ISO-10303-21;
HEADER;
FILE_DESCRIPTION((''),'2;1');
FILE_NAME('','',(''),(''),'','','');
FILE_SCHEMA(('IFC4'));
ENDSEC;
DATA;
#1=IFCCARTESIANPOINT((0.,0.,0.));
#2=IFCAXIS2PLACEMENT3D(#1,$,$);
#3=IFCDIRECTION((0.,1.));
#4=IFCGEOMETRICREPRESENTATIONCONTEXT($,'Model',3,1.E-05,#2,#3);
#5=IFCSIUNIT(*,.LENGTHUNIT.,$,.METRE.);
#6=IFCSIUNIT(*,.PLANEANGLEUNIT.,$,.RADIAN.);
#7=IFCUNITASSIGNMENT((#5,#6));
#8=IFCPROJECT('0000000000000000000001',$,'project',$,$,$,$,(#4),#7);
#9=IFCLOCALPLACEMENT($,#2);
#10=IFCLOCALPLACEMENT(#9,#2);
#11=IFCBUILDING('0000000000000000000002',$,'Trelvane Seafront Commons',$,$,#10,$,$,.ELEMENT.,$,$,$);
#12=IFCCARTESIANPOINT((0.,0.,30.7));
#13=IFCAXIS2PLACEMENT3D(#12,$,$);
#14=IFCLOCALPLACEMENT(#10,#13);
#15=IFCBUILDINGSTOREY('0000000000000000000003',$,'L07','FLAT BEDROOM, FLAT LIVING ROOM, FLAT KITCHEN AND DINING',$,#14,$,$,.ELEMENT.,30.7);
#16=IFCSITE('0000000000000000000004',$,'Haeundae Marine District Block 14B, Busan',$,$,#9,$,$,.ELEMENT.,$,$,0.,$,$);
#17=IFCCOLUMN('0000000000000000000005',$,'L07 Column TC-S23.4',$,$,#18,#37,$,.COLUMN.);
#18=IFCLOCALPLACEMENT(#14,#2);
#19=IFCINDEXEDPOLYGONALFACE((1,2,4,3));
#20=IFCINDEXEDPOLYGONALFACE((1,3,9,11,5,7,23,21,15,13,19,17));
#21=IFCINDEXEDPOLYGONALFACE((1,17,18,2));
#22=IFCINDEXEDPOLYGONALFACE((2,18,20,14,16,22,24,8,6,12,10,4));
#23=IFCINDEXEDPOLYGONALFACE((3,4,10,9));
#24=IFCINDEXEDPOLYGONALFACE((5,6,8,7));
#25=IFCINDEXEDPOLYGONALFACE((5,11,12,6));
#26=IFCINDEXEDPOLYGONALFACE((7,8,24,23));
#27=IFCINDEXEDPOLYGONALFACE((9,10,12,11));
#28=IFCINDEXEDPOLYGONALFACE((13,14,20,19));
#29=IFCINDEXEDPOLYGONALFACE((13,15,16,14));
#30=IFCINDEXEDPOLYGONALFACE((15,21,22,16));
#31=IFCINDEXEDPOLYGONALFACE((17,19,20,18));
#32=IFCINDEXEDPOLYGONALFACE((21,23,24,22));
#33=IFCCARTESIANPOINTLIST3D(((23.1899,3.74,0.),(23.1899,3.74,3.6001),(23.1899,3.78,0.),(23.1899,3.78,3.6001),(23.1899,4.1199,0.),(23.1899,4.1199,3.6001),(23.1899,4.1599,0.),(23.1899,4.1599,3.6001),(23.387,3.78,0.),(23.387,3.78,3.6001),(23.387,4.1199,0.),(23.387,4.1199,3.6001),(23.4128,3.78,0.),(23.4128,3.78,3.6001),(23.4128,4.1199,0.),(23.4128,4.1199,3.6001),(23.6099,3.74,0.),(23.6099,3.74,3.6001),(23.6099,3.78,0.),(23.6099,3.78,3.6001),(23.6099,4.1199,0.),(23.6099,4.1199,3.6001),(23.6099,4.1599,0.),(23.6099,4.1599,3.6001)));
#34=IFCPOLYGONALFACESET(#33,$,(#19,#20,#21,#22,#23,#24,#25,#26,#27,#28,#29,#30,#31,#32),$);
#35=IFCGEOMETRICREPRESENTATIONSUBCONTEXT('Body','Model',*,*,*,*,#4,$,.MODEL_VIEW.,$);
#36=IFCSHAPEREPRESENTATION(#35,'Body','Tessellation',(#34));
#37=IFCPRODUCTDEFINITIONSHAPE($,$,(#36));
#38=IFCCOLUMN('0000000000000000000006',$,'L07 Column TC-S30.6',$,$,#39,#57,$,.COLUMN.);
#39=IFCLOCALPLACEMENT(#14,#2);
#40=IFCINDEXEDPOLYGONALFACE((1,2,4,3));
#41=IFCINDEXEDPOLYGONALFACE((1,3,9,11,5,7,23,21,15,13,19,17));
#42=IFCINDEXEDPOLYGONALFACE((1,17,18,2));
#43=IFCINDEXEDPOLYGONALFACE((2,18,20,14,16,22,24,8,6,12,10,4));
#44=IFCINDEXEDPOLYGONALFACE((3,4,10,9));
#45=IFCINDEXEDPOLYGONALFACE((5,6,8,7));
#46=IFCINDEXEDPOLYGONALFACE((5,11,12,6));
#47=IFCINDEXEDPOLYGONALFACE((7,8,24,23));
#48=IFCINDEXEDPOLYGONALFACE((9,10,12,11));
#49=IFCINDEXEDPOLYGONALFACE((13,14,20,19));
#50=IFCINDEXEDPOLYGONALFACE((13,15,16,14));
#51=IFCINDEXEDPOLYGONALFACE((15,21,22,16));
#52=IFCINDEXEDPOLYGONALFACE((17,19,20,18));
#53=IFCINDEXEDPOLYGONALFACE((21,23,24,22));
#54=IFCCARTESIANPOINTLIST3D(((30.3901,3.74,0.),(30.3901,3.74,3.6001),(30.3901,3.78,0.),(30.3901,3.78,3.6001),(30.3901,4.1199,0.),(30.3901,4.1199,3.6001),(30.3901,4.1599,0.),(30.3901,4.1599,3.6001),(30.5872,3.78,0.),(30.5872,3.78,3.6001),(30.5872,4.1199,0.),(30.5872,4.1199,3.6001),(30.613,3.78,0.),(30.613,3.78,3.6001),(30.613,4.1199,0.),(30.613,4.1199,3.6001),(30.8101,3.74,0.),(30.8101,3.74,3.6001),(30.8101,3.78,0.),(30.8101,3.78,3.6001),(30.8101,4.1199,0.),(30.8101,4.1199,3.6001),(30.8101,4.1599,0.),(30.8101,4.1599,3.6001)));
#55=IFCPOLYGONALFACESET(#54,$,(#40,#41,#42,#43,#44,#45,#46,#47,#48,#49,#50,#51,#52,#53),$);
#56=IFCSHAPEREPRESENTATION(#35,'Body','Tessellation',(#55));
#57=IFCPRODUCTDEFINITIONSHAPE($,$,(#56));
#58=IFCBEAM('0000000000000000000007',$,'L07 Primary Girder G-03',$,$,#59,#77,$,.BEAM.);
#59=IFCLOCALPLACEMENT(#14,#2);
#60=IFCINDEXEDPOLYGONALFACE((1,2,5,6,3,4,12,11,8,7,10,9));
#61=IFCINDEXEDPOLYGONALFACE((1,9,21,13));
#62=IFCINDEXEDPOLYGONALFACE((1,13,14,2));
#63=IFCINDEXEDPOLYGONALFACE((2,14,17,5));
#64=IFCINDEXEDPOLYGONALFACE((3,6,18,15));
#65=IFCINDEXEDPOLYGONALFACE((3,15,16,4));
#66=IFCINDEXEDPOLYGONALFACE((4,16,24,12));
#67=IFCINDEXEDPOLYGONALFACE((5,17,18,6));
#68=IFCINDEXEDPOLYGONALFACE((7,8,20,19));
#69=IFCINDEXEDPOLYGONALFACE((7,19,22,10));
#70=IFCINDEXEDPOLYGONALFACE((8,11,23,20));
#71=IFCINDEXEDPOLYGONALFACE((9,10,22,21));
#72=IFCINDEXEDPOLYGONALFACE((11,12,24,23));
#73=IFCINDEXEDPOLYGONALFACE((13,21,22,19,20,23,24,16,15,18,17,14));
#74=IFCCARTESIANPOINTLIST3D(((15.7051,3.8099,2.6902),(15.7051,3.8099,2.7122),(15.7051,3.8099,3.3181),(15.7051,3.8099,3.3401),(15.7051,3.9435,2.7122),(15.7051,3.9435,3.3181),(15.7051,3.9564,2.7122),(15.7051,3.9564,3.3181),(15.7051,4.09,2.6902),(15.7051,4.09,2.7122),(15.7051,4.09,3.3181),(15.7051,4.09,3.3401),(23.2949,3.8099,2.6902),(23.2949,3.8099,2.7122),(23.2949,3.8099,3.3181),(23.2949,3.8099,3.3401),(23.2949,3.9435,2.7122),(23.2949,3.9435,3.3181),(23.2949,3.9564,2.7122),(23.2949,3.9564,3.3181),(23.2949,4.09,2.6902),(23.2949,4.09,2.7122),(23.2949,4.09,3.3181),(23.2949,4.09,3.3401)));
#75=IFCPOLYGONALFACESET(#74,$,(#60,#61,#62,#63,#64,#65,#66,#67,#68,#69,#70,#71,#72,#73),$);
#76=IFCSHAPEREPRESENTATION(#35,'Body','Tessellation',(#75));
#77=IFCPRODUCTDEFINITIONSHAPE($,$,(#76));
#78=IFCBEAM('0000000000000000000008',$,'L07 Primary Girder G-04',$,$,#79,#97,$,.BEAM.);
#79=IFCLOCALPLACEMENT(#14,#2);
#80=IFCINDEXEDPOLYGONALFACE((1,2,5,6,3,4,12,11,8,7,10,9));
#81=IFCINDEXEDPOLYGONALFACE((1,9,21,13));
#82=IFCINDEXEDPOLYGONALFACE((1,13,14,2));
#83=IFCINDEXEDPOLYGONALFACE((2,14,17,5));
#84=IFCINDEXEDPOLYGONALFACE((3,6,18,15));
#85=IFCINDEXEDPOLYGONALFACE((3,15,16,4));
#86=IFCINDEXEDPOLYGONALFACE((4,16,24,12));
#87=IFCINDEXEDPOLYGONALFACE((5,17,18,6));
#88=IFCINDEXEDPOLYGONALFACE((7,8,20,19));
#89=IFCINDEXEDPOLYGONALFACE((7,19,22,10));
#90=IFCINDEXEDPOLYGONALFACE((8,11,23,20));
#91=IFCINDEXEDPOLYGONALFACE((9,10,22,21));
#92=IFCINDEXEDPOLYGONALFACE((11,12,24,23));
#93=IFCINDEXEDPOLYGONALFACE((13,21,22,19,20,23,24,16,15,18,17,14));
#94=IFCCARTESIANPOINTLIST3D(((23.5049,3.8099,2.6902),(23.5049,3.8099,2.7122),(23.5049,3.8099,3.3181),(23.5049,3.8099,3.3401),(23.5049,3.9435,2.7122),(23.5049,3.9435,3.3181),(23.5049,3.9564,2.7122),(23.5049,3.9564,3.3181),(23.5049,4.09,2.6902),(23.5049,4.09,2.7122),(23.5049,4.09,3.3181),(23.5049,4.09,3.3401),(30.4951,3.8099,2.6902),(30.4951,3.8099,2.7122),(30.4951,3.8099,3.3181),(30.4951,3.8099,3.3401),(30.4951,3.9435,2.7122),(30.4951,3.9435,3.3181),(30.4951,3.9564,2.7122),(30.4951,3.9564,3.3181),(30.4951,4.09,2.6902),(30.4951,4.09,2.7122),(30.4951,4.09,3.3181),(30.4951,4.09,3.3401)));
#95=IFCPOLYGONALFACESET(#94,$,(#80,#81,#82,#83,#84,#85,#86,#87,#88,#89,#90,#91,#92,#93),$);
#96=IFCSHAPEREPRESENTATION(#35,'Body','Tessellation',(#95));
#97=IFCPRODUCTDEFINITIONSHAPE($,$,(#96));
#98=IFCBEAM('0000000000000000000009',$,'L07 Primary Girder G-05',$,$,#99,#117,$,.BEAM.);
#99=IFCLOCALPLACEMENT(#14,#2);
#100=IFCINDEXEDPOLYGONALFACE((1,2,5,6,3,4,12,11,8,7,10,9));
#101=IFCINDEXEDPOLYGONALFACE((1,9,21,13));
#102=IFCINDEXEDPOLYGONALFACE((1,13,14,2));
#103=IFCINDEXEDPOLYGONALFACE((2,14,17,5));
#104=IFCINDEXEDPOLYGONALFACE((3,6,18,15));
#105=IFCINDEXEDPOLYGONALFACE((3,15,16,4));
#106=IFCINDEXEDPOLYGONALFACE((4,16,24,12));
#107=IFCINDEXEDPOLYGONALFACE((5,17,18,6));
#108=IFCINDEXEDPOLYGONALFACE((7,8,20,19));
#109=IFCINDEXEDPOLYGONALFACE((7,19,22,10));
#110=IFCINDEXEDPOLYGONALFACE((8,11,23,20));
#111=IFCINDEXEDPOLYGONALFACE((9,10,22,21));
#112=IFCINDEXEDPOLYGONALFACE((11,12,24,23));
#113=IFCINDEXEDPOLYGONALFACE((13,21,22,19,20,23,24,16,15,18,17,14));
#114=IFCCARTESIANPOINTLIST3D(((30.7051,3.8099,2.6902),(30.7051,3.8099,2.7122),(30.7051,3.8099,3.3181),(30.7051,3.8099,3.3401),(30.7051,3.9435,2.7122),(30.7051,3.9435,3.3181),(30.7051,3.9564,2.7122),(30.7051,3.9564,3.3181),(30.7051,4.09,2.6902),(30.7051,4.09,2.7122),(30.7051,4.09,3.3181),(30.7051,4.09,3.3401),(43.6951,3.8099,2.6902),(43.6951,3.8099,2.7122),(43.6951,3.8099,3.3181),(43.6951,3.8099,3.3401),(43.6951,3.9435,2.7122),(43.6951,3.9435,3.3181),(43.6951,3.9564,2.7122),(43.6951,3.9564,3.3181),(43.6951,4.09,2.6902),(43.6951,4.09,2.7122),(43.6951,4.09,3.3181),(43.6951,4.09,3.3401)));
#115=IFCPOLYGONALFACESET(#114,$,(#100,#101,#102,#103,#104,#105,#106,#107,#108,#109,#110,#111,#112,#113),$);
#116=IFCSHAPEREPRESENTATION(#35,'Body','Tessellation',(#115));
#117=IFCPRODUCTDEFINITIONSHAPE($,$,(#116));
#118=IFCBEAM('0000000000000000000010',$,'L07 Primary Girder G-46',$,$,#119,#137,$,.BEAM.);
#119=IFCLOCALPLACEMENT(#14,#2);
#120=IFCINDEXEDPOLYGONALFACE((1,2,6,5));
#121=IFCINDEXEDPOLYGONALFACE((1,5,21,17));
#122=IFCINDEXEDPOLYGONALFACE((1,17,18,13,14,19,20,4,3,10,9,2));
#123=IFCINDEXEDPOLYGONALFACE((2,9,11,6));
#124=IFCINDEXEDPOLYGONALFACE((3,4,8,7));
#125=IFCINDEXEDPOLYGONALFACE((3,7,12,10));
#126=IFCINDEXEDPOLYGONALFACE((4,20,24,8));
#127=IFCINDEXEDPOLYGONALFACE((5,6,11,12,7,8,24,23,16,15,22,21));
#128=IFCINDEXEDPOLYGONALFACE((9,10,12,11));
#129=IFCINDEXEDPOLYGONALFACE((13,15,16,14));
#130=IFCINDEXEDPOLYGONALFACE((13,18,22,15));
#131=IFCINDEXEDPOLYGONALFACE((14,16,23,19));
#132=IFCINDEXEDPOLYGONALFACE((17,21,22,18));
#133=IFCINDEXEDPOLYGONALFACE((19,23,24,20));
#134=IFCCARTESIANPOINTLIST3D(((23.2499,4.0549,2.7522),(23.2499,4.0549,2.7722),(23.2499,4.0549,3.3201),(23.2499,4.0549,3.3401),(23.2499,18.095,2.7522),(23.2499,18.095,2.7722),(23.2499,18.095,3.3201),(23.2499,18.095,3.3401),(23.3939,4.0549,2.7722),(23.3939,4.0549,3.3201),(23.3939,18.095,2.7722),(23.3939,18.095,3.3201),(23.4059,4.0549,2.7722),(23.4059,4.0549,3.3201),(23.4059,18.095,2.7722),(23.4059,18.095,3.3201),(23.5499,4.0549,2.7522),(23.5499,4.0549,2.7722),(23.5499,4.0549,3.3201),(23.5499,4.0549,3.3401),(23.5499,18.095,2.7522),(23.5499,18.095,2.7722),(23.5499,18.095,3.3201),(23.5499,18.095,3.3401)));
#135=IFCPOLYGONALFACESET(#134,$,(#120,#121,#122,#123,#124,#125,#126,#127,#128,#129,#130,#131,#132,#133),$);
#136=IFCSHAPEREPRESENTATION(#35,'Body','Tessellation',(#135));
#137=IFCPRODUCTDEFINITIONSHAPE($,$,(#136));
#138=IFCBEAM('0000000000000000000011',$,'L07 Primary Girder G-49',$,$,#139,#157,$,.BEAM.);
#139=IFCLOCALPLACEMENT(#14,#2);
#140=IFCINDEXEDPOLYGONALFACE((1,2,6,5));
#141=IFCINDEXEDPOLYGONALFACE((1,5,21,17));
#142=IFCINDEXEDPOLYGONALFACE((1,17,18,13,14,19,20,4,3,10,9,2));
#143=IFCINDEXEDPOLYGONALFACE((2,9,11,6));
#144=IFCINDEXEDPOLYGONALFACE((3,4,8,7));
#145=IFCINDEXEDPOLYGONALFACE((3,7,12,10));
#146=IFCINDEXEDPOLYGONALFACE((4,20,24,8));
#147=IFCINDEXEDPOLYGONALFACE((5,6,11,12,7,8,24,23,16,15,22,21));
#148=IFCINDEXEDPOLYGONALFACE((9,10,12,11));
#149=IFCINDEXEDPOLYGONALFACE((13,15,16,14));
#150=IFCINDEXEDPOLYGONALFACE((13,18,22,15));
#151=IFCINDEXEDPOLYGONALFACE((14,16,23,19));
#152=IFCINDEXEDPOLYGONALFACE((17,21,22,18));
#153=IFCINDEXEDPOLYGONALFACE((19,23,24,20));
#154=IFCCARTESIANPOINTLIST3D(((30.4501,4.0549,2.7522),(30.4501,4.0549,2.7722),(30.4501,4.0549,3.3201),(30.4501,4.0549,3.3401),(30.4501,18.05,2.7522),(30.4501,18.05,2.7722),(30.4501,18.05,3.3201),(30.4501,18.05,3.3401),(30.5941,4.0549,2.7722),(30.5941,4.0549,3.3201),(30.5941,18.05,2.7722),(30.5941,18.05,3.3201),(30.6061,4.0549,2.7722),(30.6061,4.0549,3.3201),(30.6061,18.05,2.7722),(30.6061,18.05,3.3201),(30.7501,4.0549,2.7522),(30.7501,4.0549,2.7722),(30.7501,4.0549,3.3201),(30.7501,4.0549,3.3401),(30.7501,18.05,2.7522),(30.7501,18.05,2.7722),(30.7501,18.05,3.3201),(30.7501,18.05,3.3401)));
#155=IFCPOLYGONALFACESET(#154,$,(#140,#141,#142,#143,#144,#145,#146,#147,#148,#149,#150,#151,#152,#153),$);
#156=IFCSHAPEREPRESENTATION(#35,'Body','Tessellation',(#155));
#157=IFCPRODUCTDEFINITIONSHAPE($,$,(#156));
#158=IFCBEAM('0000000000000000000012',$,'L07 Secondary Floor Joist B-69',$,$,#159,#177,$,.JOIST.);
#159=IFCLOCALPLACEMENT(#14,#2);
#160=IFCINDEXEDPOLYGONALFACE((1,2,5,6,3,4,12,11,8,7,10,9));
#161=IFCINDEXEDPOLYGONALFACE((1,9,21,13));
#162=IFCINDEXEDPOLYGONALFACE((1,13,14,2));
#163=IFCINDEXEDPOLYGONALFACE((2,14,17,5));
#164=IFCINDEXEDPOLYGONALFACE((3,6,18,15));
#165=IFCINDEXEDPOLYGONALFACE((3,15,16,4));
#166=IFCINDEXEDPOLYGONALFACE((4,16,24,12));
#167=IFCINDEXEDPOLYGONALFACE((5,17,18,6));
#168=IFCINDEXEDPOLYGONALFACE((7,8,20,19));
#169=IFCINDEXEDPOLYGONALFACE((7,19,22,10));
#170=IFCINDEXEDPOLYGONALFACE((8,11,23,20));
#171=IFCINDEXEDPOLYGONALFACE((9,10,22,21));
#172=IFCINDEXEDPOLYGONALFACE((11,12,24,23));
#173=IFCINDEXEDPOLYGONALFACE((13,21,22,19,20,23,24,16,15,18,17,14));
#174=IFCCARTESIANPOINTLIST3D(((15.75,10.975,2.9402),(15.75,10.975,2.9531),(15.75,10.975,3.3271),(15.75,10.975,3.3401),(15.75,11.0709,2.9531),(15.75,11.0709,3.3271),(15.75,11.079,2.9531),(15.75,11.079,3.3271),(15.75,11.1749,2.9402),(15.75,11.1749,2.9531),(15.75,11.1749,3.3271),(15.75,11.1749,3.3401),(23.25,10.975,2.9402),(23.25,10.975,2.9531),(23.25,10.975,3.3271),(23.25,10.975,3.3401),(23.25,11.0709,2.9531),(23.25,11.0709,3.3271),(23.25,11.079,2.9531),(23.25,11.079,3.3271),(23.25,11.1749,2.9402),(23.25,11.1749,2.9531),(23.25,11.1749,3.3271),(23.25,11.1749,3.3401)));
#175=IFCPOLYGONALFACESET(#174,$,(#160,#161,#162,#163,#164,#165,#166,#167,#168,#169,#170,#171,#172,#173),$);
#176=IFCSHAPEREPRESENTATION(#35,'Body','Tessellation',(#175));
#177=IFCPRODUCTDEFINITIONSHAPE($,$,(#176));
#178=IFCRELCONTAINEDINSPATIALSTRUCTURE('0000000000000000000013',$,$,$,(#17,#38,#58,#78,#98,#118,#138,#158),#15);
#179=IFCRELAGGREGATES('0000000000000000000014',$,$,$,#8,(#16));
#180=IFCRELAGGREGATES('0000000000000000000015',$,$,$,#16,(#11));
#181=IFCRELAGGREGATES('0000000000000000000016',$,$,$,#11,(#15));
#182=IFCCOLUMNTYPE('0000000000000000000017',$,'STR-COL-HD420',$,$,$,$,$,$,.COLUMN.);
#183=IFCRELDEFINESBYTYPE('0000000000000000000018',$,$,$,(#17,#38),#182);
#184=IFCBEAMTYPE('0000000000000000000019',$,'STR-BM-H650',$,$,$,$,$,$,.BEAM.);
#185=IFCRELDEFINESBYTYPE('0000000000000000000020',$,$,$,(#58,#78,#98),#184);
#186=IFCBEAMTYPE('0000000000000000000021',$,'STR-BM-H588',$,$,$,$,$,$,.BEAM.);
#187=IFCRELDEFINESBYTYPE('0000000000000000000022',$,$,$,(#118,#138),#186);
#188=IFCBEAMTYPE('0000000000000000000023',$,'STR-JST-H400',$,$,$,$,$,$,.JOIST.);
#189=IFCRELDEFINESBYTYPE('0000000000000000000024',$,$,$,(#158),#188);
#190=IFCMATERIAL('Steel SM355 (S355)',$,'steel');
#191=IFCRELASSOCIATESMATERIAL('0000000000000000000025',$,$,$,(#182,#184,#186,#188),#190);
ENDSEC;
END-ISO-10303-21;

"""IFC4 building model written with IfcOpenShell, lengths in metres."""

from ifc_helpers import new_model, si_unit, direction, frame, origin, origin_2d, place, context, subcontext, project, spatial, i_section, extrude, source, transform, mapped, material, material_profile, profile_set, type_object, element, save


model = new_model("IFC4")

# Units and contexts
model_context = context("Model", 3, precision=1e-05, world=origin(), true_north=direction((0.0, 1.0)))
body_context = subcontext(model_context, "Body", "Model", "MODEL_VIEW")
ifc_project = project(units=[si_unit("LENGTHUNIT", "METRE"), si_unit("PLANEANGLEUNIT", "RADIAN")], contexts=[model_context])

# Site, building, storey
site_placement = place(None, origin())
site = spatial("IfcSite", under=ifc_project, at=site_placement, Name="Haeundae Marine District Block 14B, Busan", CompositionType="ELEMENT", RefElevation=0.0)
building_placement = place(site_placement, origin())
building = spatial("IfcBuilding", under=site, at=building_placement, Name="Trelvane Seafront Commons", CompositionType="ELEMENT")
storey_placement = place(building_placement, frame((0.0, 0.0, 30.7)))
storey = spatial("IfcBuildingStorey", under=building, at=storey_placement, Name="L07", Description="FLAT BEDROOM, FLAT LIVING ROOM, FLAT KITCHEN AND DINING", CompositionType="ELEMENT", Elevation=30.7)

# Columns
ifc_material_1 = material(Name="Steel SM355 (S355)", Category="steel")
ifc_material_profile_1 = material_profile(ifc_material_1, i_section(OverallWidth=0.4199, OverallDepth=0.4199, WebThickness=0.0259, FlangeThickness=0.04, at=origin_2d()), Name="HD-420x420x26x40")
ifc_profile_set_1 = profile_set([ifc_material_profile_1], Name="Steel SM355 (S355)")
column_type = type_object("IfcColumnType", Name="STR-COL-HD420", PredefinedType="COLUMN", material=ifc_profile_set_1)
shared_shape_1 = source(origin(), body_context, "Body", "SweptSolid", [
    extrude(i_section(OverallWidth=0.4199, OverallDepth=0.4199, WebThickness=0.0259, FlangeThickness=0.04, at=origin_2d()), origin(), (0.0, 0.0, 1.0), 3.6001),
])
for number, where, z_axis, x_axis, name in (
    (1, (23.3999, 3.95, 0.0), (0.0, 0.0, 1.0), (1.0, 0.0, 0.0), "L07 Column TC-S23.4"),
    (2, (30.6001, 3.95, 0.0), (0.0, 0.0, 1.0), (1.0, 0.0, 0.0), "L07 Column TC-S30.6"),
):
    element("IfcColumn", number, at=place(storey_placement, frame(where, z_axis=z_axis, x_axis=x_axis)), inside=storey, type_object=column_type, Name=name, PredefinedType="COLUMN", context=body_context, shape_type="MappedRepresentation", body=[
        mapped(shared_shape_1, transform((0.0, 0.0, 0.0), x_axis=(1.0, 0.0, 0.0), y_axis=(0.0, 1.0, 0.0), z_axis=(0.0, 0.0, 1.0), scale=1.0)),
    ])

# Beams
ifc_material_profile_2 = material_profile(ifc_material_1, i_section(OverallWidth=0.28, OverallDepth=0.6499, WebThickness=0.0129, FlangeThickness=0.022, at=origin_2d()), Name="H-650x280x13x22")
ifc_profile_set_2 = profile_set([ifc_material_profile_2], Name="Steel SM355 (S355)")
beam_type_1 = type_object("IfcBeamType", Name="STR-BM-H650", PredefinedType="BEAM", material=ifc_profile_set_2)
shared_shape_2 = source(origin(), body_context, "Body", "SweptSolid", [
    extrude(i_section(OverallWidth=0.28, OverallDepth=0.6499, WebThickness=0.0129, FlangeThickness=0.022, at=origin_2d()), origin(), (0.0, 0.0, 1.0), 7.5898),
])
beam_1_placement = place(storey_placement, frame((15.7051, 3.95, 3.0151), z_axis=(1.0, 0.0, 0.0), x_axis=(0.0, 1.0, 0.0)))
element("IfcBeam", 3, at=beam_1_placement, inside=storey, type_object=beam_type_1, Name="L07 Primary Girder G-03", PredefinedType="BEAM", context=body_context, shape_type="MappedRepresentation", body=[
    mapped(shared_shape_2, transform((0.0, 0.0, 0.0), x_axis=(1.0, 0.0, 0.0), y_axis=(0.0, 1.0, 0.0), z_axis=(0.0, 0.0, 1.0), scale=1.0)),
])
shared_shape_3 = source(origin(), body_context, "Body", "SweptSolid", [
    extrude(i_section(OverallWidth=0.28, OverallDepth=0.6499, WebThickness=0.0129, FlangeThickness=0.022, at=origin_2d()), origin(), (0.0, 0.0, 1.0), 6.9902),
])
beam_2_placement = place(storey_placement, frame((23.5049, 3.95, 3.0151), z_axis=(1.0, 0.0, 0.0), x_axis=(0.0, 1.0, 0.0)))
element("IfcBeam", 4, at=beam_2_placement, inside=storey, type_object=beam_type_1, Name="L07 Primary Girder G-04", PredefinedType="BEAM", context=body_context, shape_type="MappedRepresentation", body=[
    mapped(shared_shape_3, transform((0.0, 0.0, 0.0), x_axis=(1.0, 0.0, 0.0), y_axis=(0.0, 1.0, 0.0), z_axis=(0.0, 0.0, 1.0), scale=1.0)),
])
shared_shape_4 = source(origin(), body_context, "Body", "SweptSolid", [
    extrude(i_section(OverallWidth=0.28, OverallDepth=0.6499, WebThickness=0.0129, FlangeThickness=0.022, at=origin_2d()), origin(), (0.0, 0.0, 1.0), 12.99),
])
beam_3_placement = place(storey_placement, frame((30.7051, 3.95, 3.0151), z_axis=(1.0, 0.0, 0.0), x_axis=(0.0, 1.0, 0.0)))
element("IfcBeam", 5, at=beam_3_placement, inside=storey, type_object=beam_type_1, Name="L07 Primary Girder G-05", PredefinedType="BEAM", context=body_context, shape_type="MappedRepresentation", body=[
    mapped(shared_shape_4, transform((0.0, 0.0, 0.0), x_axis=(1.0, 0.0, 0.0), y_axis=(0.0, 1.0, 0.0), z_axis=(0.0, 0.0, 1.0), scale=1.0)),
])
ifc_material_profile_3 = material_profile(ifc_material_1, i_section(OverallWidth=0.3, OverallDepth=0.5879, WebThickness=0.012, FlangeThickness=0.02, at=origin_2d()), Name="H-588x300x12x20")
ifc_profile_set_3 = profile_set([ifc_material_profile_3], Name="Steel SM355 (S355)")
beam_type_2 = type_object("IfcBeamType", Name="STR-BM-H588", PredefinedType="BEAM", material=ifc_profile_set_3)
shared_shape_5 = source(origin(), body_context, "Body", "SweptSolid", [
    extrude(i_section(OverallWidth=0.3, OverallDepth=0.5879, WebThickness=0.012, FlangeThickness=0.02, at=origin_2d()), origin(), (0.0, 0.0, 1.0), 14.04),
])
beam_4_placement = place(storey_placement, frame((23.3999, 4.0549, 3.0461), z_axis=(0.0, 1.0, 0.0), x_axis=(-1.0, 0.0, 0.0)))
element("IfcBeam", 6, at=beam_4_placement, inside=storey, type_object=beam_type_2, Name="L07 Primary Girder G-46", PredefinedType="BEAM", context=body_context, shape_type="MappedRepresentation", body=[
    mapped(shared_shape_5, transform((0.0, 0.0, 0.0), x_axis=(1.0, 0.0, 0.0), y_axis=(0.0, 1.0, 0.0), z_axis=(0.0, 0.0, 1.0), scale=1.0)),
])
shared_shape_6 = source(origin(), body_context, "Body", "SweptSolid", [
    extrude(i_section(OverallWidth=0.3, OverallDepth=0.5879, WebThickness=0.012, FlangeThickness=0.02, at=origin_2d()), origin(), (0.0, 0.0, 1.0), 13.9951),
])
beam_5_placement = place(storey_placement, frame((30.6001, 4.0549, 3.0461), z_axis=(0.0, 1.0, 0.0), x_axis=(-1.0, 0.0, 0.0)))
element("IfcBeam", 7, at=beam_5_placement, inside=storey, type_object=beam_type_2, Name="L07 Primary Girder G-49", PredefinedType="BEAM", context=body_context, shape_type="MappedRepresentation", body=[
    mapped(shared_shape_6, transform((0.0, 0.0, 0.0), x_axis=(1.0, 0.0, 0.0), y_axis=(0.0, 1.0, 0.0), z_axis=(0.0, 0.0, 1.0), scale=1.0)),
])
ifc_material_profile_4 = material_profile(ifc_material_1, i_section(OverallWidth=0.2, OverallDepth=0.3999, WebThickness=0.0081, FlangeThickness=0.0129, at=origin_2d()), Name="H-400x200x8x13")
ifc_profile_set_4 = profile_set([ifc_material_profile_4], Name="Steel SM355 (S355)")
beam_type_3 = type_object("IfcBeamType", Name="STR-JST-H400", PredefinedType="JOIST", material=ifc_profile_set_4)
shared_shape_7 = source(origin(), body_context, "Body", "SweptSolid", [
    extrude(i_section(OverallWidth=0.2, OverallDepth=0.3999, WebThickness=0.0081, FlangeThickness=0.0129, at=origin_2d()), origin(), (0.0, 0.0, 1.0), 7.5),
])
beam_6_placement = place(storey_placement, frame((15.75, 11.075, 3.1401), z_axis=(1.0, 0.0, 0.0), x_axis=(0.0, 1.0, 0.0)))
element("IfcBeam", 8, at=beam_6_placement, inside=storey, type_object=beam_type_3, Name="L07 Secondary Floor Joist B-69", PredefinedType="JOIST", context=body_context, shape_type="MappedRepresentation", body=[
    mapped(shared_shape_7, transform((0.0, 0.0, 0.0), x_axis=(1.0, 0.0, 0.0), y_axis=(0.0, 1.0, 0.0), z_axis=(0.0, 0.0, 1.0), scale=1.0)),
])

save(model, "model.ifc")
